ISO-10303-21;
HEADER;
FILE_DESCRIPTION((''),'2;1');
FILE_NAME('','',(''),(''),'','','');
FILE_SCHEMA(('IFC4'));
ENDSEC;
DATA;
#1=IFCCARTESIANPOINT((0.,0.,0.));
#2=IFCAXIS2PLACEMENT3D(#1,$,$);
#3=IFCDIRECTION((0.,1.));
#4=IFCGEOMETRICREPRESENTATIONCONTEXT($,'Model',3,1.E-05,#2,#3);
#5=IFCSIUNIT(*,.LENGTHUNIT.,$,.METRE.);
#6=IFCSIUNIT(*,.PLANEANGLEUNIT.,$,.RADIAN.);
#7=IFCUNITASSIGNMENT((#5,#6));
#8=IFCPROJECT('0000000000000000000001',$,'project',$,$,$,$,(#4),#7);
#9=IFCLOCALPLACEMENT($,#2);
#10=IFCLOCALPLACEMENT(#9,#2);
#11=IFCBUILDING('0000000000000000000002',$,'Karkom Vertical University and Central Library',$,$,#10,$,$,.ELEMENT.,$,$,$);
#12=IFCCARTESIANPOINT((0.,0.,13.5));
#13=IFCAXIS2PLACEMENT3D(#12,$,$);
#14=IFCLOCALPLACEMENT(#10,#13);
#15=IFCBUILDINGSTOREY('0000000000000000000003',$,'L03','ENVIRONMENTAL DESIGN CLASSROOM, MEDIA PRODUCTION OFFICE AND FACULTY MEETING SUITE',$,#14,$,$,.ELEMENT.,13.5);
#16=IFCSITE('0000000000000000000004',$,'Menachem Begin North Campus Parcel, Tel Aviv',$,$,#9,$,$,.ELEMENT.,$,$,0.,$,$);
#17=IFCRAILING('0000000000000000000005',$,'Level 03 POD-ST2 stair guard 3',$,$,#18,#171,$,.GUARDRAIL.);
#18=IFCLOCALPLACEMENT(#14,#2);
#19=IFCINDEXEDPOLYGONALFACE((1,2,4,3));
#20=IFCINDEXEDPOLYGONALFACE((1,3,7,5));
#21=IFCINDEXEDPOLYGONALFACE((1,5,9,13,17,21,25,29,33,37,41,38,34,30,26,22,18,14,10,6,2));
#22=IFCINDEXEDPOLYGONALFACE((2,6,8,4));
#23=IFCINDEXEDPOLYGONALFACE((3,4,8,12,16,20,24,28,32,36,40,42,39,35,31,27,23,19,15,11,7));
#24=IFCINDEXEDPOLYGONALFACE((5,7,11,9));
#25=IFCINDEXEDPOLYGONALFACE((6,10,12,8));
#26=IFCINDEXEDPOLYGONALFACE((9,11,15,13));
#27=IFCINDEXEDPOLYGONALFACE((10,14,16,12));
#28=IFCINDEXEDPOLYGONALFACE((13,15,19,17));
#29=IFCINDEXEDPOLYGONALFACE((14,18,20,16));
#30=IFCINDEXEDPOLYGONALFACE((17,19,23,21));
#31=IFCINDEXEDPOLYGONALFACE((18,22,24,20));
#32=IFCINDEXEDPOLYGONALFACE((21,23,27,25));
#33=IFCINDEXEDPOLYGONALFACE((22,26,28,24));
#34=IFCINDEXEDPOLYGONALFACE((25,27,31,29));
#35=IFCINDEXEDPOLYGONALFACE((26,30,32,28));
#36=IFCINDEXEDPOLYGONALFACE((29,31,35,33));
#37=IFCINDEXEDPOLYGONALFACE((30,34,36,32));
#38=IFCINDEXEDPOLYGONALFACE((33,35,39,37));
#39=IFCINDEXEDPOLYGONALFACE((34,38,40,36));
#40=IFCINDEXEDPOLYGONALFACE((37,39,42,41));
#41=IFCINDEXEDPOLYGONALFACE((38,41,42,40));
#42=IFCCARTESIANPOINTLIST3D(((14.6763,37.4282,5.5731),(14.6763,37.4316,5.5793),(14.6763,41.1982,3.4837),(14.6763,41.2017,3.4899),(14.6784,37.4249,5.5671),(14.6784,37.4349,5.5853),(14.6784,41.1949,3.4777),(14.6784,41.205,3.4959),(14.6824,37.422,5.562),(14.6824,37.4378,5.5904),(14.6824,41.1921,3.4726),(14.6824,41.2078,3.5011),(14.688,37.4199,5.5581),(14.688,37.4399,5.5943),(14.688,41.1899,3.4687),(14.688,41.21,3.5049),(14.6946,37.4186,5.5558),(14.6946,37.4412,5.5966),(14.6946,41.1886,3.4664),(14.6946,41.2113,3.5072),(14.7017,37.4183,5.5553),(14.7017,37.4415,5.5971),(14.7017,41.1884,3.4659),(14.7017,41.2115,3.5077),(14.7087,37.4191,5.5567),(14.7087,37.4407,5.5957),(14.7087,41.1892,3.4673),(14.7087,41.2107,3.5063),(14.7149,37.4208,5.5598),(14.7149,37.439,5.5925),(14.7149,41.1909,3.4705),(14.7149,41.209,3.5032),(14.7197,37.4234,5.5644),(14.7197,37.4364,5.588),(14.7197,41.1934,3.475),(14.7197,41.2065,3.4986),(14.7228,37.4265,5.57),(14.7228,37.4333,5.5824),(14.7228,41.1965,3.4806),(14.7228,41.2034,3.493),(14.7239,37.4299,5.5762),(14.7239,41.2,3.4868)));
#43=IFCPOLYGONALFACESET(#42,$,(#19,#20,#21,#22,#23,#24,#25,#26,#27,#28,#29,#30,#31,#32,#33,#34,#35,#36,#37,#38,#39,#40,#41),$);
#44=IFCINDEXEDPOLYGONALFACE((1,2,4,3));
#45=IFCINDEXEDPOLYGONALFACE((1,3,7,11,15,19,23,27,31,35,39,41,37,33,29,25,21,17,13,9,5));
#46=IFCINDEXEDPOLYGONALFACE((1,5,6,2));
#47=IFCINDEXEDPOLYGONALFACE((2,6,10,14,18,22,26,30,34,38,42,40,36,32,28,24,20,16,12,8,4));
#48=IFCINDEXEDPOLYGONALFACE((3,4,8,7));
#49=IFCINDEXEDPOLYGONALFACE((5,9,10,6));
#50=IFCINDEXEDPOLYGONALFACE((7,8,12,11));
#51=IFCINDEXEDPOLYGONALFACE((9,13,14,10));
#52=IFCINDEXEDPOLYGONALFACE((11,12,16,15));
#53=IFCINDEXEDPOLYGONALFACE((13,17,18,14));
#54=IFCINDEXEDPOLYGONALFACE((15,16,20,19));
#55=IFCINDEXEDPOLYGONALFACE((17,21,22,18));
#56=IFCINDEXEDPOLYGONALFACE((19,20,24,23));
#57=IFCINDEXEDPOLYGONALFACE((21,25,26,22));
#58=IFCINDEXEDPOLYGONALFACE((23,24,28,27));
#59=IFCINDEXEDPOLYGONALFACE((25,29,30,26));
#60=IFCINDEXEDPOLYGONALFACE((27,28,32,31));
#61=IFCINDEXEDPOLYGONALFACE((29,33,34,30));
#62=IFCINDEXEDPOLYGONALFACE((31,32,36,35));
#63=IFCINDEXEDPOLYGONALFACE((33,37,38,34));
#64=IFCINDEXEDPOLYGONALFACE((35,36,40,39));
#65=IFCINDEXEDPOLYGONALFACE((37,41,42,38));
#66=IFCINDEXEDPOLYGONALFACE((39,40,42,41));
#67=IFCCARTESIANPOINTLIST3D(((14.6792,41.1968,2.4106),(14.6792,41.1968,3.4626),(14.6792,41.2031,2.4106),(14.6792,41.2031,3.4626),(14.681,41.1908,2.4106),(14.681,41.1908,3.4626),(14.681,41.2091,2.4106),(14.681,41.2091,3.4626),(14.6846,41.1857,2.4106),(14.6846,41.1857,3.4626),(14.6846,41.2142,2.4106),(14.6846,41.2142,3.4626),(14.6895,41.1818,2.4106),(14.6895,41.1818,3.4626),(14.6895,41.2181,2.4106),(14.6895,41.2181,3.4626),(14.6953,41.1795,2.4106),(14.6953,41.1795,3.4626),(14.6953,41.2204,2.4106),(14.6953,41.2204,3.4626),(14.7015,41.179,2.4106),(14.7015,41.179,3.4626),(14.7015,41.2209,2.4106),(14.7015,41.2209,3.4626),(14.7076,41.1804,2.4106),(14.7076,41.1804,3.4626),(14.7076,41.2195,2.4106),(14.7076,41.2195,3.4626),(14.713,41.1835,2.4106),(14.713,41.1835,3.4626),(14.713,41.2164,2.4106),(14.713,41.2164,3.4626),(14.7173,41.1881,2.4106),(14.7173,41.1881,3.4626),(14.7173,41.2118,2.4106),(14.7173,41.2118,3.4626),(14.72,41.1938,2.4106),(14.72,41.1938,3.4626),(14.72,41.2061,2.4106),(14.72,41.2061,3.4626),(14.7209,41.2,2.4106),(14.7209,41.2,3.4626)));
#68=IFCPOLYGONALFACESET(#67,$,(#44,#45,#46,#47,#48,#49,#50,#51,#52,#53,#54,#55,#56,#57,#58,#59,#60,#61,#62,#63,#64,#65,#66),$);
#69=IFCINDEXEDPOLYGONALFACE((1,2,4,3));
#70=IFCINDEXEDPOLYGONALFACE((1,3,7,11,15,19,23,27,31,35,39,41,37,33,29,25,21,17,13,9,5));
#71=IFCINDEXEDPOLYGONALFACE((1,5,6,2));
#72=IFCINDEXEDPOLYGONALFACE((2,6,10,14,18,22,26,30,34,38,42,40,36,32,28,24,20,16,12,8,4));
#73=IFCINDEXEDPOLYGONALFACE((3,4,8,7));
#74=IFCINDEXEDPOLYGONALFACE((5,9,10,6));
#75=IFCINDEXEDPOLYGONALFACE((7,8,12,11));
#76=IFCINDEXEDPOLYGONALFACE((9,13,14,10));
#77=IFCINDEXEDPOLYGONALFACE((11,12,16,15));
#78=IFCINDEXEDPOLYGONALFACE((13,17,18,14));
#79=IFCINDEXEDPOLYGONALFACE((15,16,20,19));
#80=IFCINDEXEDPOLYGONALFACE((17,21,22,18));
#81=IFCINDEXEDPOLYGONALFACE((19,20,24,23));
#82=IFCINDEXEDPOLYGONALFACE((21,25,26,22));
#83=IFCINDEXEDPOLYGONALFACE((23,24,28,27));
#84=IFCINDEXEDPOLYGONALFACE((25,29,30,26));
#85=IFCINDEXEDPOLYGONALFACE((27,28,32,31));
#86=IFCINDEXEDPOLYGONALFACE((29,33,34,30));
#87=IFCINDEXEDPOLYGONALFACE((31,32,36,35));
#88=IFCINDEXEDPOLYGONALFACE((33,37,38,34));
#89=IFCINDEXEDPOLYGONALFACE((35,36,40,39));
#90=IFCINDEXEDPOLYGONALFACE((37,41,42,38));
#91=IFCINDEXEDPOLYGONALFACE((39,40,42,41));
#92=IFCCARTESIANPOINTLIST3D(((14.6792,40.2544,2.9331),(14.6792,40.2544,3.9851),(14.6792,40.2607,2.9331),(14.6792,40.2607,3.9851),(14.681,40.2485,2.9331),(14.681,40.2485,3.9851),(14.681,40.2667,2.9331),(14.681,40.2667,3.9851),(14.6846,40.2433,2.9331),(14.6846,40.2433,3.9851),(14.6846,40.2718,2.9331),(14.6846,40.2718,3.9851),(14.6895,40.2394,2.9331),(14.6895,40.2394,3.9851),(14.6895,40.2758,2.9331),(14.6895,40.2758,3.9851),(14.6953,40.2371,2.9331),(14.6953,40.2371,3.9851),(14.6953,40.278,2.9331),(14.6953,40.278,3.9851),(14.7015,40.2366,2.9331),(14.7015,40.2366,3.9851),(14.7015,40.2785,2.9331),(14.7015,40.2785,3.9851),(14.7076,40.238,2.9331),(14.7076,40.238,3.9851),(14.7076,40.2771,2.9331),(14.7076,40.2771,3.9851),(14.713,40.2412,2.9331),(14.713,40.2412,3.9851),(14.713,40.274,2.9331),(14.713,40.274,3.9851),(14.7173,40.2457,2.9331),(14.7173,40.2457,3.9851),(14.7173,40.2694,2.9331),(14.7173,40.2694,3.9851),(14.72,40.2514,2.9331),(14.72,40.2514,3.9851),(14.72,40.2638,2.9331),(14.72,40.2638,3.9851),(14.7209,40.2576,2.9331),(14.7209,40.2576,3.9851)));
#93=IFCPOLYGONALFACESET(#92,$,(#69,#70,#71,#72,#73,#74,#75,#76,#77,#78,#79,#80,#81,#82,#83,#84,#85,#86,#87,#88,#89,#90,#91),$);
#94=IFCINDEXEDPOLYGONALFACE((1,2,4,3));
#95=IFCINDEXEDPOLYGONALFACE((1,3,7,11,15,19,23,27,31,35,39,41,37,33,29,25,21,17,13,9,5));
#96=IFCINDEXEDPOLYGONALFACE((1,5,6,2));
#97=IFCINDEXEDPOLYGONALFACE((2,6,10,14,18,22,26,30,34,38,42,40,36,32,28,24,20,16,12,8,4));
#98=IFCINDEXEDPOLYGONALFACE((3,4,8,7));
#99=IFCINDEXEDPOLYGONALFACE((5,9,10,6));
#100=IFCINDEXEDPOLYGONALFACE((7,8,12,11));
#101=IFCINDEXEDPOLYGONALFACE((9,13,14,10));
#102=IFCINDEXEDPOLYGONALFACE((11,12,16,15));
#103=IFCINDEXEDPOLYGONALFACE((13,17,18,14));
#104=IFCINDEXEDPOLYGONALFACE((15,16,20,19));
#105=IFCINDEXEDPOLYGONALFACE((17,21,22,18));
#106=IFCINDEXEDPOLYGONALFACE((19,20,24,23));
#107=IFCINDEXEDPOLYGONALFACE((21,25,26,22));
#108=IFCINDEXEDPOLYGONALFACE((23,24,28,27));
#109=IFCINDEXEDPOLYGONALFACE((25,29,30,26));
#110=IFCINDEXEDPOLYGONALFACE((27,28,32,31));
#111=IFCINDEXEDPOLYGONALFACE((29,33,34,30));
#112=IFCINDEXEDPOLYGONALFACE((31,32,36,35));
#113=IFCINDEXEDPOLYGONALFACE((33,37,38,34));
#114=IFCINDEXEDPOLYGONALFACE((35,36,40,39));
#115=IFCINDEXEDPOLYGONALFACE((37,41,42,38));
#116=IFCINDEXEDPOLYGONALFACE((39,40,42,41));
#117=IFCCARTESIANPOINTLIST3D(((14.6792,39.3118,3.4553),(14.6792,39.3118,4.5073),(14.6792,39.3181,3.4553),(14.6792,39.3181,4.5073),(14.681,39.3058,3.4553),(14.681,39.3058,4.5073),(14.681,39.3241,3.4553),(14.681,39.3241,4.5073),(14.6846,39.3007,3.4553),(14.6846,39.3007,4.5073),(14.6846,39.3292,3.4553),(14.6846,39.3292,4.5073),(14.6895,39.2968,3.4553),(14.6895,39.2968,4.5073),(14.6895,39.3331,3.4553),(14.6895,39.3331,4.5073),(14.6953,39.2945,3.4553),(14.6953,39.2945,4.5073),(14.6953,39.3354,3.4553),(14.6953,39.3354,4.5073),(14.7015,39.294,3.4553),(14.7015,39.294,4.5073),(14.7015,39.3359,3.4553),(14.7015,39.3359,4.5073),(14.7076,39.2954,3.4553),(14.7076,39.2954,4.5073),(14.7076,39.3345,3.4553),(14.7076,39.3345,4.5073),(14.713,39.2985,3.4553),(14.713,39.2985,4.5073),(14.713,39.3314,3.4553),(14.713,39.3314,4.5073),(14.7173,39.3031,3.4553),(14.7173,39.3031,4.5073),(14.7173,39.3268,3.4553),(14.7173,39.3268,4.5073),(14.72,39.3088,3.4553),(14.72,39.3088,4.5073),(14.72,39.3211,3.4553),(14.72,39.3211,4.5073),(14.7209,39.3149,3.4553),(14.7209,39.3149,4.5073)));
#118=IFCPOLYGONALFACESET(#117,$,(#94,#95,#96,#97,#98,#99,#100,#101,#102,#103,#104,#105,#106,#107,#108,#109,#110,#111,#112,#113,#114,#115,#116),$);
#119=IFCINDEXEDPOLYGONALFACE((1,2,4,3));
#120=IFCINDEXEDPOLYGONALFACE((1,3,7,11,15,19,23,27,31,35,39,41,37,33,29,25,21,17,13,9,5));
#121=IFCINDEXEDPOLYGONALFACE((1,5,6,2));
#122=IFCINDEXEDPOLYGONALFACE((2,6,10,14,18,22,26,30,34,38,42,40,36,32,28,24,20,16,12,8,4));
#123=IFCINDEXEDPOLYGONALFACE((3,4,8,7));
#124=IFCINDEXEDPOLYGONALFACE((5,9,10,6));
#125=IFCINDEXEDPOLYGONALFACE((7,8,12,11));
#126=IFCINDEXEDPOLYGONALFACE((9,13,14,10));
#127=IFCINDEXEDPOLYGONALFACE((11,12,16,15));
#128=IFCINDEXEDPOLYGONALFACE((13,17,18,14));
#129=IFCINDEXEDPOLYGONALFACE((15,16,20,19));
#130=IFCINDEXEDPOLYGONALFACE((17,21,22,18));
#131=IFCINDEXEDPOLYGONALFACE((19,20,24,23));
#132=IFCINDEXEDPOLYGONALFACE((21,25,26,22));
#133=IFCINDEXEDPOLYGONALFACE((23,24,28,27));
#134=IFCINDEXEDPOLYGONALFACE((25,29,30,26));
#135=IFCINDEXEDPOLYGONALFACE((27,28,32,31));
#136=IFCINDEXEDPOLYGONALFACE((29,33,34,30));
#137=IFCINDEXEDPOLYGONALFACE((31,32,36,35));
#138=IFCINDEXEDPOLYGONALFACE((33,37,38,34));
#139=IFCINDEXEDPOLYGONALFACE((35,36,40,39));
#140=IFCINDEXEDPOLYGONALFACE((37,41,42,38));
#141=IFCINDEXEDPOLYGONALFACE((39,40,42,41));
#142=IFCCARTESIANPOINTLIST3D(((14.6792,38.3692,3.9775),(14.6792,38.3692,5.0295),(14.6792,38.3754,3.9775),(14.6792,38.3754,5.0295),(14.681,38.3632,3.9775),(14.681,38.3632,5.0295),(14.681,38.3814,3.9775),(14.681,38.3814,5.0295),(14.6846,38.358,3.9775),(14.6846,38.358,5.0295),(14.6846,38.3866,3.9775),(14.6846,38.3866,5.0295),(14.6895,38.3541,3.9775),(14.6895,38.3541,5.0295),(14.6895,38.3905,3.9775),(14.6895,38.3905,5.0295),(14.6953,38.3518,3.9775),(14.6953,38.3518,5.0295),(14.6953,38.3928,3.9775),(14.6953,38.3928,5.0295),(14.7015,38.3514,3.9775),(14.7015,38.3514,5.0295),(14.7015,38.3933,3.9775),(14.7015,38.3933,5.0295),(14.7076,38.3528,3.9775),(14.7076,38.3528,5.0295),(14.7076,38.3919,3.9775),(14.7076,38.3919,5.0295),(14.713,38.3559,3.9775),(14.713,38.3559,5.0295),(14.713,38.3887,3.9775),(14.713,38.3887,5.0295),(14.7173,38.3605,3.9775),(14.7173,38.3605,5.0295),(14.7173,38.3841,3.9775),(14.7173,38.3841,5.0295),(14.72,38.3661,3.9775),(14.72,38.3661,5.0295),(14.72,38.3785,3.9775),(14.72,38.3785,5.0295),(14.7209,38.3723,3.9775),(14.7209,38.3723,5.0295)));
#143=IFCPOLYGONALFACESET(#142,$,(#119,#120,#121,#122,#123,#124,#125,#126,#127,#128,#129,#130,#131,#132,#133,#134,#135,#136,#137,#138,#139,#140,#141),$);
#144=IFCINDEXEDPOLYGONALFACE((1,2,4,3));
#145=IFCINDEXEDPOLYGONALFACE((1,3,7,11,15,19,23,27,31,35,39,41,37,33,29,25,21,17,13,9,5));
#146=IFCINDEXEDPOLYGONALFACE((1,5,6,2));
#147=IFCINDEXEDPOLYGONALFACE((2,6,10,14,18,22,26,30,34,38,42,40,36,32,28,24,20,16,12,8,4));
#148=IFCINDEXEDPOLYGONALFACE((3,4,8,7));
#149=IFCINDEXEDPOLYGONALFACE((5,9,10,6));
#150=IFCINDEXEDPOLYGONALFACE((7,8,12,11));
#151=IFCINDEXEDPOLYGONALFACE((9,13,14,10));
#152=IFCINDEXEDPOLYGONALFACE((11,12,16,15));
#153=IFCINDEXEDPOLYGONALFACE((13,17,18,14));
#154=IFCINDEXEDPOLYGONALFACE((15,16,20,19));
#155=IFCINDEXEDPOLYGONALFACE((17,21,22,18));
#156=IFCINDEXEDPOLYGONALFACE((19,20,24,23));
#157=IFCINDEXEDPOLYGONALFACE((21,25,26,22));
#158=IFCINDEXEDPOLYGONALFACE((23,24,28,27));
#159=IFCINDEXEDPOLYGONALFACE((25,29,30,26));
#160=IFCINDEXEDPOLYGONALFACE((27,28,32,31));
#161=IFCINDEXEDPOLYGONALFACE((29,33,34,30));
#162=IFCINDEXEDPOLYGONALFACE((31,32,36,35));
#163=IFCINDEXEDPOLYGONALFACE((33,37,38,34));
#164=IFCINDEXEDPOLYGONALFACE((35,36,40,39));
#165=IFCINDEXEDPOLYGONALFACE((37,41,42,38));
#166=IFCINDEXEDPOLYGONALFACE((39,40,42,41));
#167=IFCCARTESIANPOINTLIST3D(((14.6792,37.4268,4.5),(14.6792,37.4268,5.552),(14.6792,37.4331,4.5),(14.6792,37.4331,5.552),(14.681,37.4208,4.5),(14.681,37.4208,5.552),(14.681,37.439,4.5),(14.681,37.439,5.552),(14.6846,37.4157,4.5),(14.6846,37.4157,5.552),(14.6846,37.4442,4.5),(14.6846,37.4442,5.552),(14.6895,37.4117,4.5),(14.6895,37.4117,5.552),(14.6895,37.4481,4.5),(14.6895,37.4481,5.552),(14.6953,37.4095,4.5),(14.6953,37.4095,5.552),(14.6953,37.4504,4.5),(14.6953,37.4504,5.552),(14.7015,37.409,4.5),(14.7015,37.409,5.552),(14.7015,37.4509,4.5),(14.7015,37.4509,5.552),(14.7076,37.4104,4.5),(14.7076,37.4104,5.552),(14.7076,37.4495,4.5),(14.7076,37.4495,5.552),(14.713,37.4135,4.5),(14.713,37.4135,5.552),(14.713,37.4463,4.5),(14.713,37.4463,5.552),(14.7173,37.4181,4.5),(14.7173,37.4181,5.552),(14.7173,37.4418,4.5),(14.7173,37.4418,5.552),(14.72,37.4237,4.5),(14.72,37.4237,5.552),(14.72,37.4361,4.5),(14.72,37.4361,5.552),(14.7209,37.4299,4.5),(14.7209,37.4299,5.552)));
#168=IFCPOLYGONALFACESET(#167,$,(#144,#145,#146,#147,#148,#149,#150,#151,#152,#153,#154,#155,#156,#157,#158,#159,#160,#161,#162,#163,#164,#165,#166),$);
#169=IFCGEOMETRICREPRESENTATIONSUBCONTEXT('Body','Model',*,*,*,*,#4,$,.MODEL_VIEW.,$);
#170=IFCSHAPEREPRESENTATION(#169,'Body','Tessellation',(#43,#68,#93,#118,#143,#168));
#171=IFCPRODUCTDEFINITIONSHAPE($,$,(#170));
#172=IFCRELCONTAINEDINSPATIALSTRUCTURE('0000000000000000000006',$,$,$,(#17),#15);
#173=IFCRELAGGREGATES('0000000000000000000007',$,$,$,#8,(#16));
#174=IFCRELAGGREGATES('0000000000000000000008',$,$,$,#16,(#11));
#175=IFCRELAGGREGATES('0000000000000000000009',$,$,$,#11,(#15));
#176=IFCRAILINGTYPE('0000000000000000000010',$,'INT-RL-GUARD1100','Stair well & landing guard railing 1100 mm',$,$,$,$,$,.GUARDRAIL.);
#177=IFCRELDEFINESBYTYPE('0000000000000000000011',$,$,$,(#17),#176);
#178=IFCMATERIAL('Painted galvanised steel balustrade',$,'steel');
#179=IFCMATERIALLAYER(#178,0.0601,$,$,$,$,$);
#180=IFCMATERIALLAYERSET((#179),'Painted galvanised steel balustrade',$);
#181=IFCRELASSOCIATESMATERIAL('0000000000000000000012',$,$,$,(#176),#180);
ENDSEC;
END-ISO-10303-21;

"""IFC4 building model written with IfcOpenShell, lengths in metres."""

from ifc_helpers import new_model, si_unit, direction, frame, origin, origin_2d, place, context, subcontext, project, spatial, circle, extrude, material, layer, layer_set, type_object, element, save


model = new_model("IFC4")

# Units and contexts
model_context = context("Model", 3, precision=1e-05, world=origin(), true_north=direction((0.0, 1.0)))
body_context = subcontext(model_context, "Body", "Model", "MODEL_VIEW")
ifc_project = project(units=[si_unit("LENGTHUNIT", "METRE"), si_unit("PLANEANGLEUNIT", "RADIAN")], contexts=[model_context])

# Site, building, storey
site_placement = place(None, origin())
site = spatial("IfcSite", under=ifc_project, at=site_placement, Name="Menachem Begin North Campus Parcel, Tel Aviv", CompositionType="ELEMENT", RefElevation=0.0)
building_placement = place(site_placement, origin())
building = spatial("IfcBuilding", under=site, at=building_placement, Name="Karkom Vertical University and Central Library", CompositionType="ELEMENT")
storey_placement = place(building_placement, frame((0.0, 0.0, 13.5)))
storey = spatial("IfcBuildingStorey", under=building, at=storey_placement, Name="L03", Description="ENVIRONMENTAL DESIGN CLASSROOM, MEDIA PRODUCTION OFFICE AND FACULTY MEETING SUITE", CompositionType="ELEMENT", Elevation=13.5)

# Railing
ifc_material_1 = material(Name="Painted galvanised steel balustrade", Category="steel")
ifc_layer_1 = layer(ifc_material_1, 0.0601)
ifc_layer_set_1 = layer_set([ifc_layer_1], Name="Painted galvanised steel balustrade")
railing_type_1 = type_object("IfcRailingType", Name="INT-RL-GUARD1100", Description="Stair well & landing guard railing 1100 mm", PredefinedType="GUARDRAIL", material=ifc_layer_set_1)
railing_1_placement = place(storey_placement, frame((14.7, 41.2, 2.4106)))
element("IfcRailing", 1, at=railing_1_placement, inside=storey, type_object=railing_type_1, Name="Level 03 POD-ST2 stair guard 3", PredefinedType="GUARDRAIL", context=body_context, shape_type="SweptSolid", body=[
    extrude(circle(Radius=0.0239, at=origin_2d()), frame((0.0, 0.0, 1.0762), z_axis=(0.0, -0.874659, 0.484739), x_axis=(1.0, 0.0, 0.0)), (0.0, 0.0, 1.0), 4.3103),
    extrude(circle(Radius=0.021, at=origin_2d()), origin(), (0.0, 0.0, 1.0), 1.052),
    extrude(circle(Radius=0.021, at=origin_2d()), frame((0.0, -0.9424, 0.5225)), (0.0, 0.0, 1.0), 1.052),
    extrude(circle(Radius=0.021, at=origin_2d()), frame((0.0, -1.885, 1.0447)), (0.0, 0.0, 1.0), 1.052),
    extrude(circle(Radius=0.021, at=origin_2d()), frame((0.0, -2.8276, 1.5669)), (0.0, 0.0, 1.0), 1.052),
    extrude(circle(Radius=0.021, at=origin_2d()), frame((0.0, -3.77, 2.0894)), (0.0, 0.0, 1.0), 1.052),
])

save(model, "model.ifc")
